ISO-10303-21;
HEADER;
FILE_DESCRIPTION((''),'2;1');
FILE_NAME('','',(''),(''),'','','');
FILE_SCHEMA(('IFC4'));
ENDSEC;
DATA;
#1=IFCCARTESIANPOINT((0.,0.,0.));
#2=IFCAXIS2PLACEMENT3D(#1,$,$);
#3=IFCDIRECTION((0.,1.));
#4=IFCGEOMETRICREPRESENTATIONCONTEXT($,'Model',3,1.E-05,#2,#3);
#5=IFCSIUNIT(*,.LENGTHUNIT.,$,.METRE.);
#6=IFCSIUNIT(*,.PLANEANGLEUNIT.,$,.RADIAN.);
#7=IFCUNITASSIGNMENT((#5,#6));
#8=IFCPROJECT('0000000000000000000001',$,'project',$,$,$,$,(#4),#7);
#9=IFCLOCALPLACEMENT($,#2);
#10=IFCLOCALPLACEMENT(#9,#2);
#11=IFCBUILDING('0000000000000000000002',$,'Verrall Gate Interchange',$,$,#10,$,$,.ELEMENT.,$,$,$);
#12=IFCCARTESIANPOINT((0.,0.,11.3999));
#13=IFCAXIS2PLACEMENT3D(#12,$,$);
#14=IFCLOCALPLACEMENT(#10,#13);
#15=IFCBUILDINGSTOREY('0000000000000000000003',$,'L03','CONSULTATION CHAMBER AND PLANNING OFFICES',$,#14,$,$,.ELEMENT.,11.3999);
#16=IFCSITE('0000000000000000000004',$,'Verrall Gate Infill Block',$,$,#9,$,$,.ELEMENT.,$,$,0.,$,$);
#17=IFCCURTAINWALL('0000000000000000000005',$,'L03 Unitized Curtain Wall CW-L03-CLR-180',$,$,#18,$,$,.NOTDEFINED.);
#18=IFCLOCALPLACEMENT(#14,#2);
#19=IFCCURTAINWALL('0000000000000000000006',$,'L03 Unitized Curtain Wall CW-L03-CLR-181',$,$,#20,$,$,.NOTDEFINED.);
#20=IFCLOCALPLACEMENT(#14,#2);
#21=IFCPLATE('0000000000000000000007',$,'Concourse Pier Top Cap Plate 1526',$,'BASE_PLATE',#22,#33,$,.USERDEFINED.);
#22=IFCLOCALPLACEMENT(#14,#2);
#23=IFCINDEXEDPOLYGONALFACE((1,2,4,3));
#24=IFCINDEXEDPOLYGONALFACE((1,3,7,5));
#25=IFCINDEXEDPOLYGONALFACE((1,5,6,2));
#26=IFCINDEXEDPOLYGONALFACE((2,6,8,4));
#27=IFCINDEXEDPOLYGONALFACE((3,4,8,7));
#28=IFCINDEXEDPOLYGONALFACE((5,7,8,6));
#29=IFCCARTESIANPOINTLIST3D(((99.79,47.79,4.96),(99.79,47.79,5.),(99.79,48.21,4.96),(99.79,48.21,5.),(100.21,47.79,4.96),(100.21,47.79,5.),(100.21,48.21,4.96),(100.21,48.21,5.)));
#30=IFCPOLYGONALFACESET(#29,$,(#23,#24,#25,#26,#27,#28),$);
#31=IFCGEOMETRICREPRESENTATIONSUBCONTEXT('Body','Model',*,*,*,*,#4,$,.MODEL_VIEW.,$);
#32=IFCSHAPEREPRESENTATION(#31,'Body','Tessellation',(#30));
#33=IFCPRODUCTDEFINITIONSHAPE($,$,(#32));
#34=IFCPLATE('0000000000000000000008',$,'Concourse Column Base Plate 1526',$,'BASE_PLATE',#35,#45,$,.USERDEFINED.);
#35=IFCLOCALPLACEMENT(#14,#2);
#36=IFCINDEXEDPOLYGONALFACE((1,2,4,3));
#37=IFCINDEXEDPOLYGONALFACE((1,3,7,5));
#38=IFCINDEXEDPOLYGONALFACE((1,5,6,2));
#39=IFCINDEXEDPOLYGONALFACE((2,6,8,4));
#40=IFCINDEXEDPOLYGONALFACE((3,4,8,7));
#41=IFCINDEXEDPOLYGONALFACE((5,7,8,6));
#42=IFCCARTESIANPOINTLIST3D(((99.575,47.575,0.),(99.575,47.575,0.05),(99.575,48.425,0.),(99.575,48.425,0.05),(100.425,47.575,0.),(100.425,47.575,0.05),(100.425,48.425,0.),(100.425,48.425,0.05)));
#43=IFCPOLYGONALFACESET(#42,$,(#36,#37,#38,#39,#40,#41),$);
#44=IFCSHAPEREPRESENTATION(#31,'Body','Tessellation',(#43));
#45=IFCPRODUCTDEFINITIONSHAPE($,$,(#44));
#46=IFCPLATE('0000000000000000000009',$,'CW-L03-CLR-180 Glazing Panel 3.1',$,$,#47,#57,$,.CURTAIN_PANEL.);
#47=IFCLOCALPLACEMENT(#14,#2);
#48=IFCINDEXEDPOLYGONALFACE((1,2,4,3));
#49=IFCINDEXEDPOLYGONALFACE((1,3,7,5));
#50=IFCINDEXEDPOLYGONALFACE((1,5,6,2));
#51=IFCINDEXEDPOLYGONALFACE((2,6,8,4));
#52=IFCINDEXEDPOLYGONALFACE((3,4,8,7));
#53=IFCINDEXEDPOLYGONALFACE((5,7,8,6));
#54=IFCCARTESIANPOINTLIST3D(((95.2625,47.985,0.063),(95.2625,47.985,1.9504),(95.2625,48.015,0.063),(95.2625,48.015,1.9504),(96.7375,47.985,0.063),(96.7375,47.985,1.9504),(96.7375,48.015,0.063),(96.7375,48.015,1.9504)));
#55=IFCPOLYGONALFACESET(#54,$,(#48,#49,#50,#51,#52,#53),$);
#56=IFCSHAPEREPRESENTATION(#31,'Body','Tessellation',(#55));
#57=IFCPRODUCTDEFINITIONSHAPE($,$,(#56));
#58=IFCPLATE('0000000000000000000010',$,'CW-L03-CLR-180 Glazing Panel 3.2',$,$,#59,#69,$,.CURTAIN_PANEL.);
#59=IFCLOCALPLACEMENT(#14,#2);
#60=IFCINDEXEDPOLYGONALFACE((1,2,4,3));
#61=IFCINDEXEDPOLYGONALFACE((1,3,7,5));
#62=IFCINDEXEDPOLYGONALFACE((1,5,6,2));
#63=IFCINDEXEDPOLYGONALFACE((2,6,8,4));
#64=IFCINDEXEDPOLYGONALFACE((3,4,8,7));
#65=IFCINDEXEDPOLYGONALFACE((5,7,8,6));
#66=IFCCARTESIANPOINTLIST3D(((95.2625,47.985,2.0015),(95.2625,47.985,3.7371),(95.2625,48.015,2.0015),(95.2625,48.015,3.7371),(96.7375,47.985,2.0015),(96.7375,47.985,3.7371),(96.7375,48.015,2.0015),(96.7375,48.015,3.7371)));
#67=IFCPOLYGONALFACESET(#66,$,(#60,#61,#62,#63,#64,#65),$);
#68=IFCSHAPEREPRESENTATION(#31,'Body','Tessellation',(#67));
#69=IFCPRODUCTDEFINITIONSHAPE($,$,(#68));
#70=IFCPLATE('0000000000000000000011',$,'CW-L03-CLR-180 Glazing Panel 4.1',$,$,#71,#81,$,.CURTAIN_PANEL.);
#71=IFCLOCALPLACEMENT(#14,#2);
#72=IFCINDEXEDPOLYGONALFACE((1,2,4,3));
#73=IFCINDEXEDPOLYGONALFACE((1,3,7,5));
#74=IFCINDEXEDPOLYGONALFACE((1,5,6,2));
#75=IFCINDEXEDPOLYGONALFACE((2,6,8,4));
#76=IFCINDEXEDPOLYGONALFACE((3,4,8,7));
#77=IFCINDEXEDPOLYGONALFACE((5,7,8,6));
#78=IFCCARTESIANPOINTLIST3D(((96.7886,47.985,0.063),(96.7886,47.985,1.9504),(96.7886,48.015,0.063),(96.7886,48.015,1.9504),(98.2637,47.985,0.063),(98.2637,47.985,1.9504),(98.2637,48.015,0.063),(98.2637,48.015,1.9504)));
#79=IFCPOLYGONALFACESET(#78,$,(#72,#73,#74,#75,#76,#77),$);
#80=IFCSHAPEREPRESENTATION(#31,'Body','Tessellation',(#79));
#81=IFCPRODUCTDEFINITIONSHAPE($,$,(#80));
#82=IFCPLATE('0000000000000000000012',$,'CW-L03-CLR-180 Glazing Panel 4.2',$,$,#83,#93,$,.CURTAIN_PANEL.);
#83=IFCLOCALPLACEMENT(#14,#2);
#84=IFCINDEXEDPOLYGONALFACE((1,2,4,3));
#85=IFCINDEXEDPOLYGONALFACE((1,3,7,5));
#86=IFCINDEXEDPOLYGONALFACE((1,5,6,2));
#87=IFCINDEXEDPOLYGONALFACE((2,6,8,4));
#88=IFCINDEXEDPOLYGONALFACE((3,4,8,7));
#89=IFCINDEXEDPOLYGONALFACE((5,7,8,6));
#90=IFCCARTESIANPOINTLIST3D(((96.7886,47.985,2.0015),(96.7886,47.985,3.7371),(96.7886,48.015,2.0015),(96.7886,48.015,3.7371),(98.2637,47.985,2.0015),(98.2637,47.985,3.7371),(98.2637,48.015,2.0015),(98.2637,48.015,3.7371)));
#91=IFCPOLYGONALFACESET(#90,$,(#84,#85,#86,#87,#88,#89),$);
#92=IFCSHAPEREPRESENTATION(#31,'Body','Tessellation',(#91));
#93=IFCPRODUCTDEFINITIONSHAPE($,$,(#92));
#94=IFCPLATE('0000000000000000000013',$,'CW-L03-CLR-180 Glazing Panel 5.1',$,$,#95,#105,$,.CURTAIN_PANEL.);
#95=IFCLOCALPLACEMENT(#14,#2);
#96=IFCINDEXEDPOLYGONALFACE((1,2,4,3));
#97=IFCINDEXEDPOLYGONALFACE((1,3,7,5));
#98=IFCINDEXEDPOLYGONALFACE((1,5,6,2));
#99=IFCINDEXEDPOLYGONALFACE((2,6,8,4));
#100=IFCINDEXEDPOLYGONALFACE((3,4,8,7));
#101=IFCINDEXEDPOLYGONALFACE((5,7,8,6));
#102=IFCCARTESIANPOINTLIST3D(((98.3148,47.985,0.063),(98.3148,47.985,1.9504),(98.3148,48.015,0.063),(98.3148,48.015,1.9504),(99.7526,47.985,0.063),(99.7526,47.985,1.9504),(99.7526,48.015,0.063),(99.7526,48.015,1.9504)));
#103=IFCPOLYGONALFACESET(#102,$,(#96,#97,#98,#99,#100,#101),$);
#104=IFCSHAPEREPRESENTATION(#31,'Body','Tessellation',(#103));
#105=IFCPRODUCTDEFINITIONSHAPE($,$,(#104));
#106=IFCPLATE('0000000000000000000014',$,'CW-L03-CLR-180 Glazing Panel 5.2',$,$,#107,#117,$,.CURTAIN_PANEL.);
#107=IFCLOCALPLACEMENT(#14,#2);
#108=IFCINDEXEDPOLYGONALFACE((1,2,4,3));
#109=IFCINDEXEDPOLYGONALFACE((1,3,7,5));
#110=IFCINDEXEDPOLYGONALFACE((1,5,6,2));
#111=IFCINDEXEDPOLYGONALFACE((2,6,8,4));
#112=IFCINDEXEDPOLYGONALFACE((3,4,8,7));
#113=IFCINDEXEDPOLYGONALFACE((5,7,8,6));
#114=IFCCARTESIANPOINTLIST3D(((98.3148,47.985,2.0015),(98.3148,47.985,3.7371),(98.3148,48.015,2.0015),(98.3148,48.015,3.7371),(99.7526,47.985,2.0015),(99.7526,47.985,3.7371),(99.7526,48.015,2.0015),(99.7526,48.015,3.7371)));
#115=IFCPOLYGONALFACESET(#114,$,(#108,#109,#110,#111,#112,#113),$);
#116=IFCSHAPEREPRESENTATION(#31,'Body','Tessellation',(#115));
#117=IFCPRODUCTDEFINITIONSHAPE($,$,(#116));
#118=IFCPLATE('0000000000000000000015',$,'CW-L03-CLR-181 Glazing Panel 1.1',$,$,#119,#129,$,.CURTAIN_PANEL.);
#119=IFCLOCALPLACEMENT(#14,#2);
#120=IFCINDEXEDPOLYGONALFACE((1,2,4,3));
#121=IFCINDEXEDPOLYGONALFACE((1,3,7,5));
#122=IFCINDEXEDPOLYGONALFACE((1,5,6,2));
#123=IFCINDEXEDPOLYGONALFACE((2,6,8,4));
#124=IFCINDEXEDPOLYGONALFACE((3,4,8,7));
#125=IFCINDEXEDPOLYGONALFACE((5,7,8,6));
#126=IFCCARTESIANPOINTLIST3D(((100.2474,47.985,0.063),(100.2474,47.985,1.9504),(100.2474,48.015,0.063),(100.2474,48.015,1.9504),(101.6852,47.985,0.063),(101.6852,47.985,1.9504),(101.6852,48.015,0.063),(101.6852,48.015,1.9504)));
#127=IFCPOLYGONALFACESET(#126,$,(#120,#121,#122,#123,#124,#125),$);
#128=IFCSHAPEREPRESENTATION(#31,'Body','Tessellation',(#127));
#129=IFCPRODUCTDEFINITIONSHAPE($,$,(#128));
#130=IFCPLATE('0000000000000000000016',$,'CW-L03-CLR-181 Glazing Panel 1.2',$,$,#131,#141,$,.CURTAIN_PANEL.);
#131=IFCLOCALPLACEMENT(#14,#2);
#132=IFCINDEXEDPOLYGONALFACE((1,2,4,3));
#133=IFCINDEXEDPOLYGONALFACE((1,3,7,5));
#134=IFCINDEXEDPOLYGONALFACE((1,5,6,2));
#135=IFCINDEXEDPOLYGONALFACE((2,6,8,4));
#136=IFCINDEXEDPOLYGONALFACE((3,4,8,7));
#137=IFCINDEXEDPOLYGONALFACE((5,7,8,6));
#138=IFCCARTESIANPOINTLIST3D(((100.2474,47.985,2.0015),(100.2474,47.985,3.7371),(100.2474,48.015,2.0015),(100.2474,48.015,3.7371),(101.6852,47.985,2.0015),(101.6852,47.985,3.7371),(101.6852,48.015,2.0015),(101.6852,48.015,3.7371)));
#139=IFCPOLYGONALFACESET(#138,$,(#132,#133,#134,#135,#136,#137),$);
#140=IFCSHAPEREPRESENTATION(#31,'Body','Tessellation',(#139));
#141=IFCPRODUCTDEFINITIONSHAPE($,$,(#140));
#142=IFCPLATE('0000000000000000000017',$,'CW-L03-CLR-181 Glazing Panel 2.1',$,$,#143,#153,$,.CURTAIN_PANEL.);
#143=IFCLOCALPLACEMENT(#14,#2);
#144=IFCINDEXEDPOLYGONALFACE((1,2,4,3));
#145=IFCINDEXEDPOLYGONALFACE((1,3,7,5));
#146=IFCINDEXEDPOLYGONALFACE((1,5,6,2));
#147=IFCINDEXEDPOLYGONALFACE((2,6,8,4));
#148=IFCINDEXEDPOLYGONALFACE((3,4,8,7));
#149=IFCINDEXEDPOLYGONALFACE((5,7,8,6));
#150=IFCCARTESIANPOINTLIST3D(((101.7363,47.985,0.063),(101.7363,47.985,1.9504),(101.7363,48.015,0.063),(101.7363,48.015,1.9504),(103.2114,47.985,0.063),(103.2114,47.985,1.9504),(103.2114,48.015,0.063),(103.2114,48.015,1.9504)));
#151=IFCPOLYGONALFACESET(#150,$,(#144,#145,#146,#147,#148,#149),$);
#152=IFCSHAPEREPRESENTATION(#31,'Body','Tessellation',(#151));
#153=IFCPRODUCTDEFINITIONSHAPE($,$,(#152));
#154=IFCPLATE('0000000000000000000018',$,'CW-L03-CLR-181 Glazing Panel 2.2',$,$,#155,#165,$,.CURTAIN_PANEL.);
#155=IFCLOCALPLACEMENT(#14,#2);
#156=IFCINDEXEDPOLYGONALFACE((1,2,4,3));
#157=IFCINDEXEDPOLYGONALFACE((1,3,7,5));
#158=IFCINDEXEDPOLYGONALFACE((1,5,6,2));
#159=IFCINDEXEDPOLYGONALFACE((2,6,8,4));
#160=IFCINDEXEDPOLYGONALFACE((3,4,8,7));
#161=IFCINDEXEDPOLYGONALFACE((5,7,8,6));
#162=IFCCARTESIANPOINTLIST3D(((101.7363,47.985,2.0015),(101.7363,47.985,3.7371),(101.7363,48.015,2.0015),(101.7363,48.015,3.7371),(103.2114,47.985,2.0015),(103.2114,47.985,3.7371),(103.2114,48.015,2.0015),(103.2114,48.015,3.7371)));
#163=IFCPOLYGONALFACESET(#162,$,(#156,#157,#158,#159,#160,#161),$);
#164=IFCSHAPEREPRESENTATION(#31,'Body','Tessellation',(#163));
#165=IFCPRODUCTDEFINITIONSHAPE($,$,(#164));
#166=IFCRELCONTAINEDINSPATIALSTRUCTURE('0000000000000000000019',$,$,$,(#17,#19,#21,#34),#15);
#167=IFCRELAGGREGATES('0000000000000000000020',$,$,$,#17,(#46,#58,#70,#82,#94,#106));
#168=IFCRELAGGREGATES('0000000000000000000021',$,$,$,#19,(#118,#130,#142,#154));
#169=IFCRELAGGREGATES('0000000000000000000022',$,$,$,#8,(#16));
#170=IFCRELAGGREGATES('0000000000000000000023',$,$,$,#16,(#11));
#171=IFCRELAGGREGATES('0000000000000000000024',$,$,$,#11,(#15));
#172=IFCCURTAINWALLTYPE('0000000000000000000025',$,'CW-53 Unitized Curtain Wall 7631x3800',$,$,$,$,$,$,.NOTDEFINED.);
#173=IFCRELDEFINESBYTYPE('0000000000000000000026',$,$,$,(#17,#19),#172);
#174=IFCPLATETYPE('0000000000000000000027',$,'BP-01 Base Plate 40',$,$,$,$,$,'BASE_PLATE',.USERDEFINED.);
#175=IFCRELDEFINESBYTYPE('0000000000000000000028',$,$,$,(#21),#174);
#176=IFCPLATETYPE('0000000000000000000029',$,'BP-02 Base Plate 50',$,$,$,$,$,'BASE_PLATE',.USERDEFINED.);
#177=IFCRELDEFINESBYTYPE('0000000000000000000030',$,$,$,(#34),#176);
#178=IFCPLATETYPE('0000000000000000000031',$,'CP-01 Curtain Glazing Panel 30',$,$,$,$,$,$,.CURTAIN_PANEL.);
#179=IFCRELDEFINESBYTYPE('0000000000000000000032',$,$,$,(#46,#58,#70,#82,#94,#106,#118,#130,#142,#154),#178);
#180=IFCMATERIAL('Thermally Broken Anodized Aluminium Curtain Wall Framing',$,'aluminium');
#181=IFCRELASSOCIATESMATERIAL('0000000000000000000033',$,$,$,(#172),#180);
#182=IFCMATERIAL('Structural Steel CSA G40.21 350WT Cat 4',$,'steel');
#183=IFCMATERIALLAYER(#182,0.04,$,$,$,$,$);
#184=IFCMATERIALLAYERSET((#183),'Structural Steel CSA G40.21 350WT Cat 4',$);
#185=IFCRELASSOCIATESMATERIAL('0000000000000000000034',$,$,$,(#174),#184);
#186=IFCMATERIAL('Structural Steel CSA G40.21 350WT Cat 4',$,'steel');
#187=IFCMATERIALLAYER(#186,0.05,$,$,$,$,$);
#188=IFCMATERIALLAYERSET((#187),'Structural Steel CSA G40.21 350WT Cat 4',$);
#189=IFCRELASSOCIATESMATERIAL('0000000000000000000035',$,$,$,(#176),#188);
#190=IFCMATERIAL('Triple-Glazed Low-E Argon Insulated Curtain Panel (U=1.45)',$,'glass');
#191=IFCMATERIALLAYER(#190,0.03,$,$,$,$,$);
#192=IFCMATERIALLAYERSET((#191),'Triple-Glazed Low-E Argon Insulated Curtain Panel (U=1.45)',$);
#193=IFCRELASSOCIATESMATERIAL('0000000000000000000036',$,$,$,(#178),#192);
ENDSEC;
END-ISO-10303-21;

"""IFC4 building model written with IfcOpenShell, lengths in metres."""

from ifc_helpers import new_model, si_unit, direction, frame, origin, origin_2d, place, context, subcontext, project, spatial, rectangle, extrude, material, layer, layer_set, type_object, element, aggregate, save


model = new_model("IFC4")

# Units and contexts
model_context = context("Model", 3, precision=1e-05, world=origin(), true_north=direction((0.0, 1.0)))
body_context = subcontext(model_context, "Body", "Model", "MODEL_VIEW")
ifc_project = project(units=[si_unit("LENGTHUNIT", "METRE"), si_unit("PLANEANGLEUNIT", "RADIAN")], contexts=[model_context])

# Site, building, storey
site_placement = place(None, origin())
site = spatial("IfcSite", under=ifc_project, at=site_placement, Name="Verrall Gate Infill Block", CompositionType="ELEMENT", RefElevation=0.0)
building_placement = place(site_placement, origin())
building = spatial("IfcBuilding", under=site, at=building_placement, Name="Verrall Gate Interchange", CompositionType="ELEMENT")
storey_placement = place(building_placement, frame((0.0, 0.0, 11.3999)))
storey = spatial("IfcBuildingStorey", under=building, at=storey_placement, Name="L03", Description="CONSULTATION CHAMBER AND PLANNING OFFICES", CompositionType="ELEMENT", Elevation=11.3999)

# Curtain walls
ifc_material_1 = material(Name="Thermally Broken Anodized Aluminium Curtain Wall Framing", Category="aluminium")
curtain_wall_type = type_object("IfcCurtainWallType", Name="CW-53 Unitized Curtain Wall 7631x3800", PredefinedType="NOTDEFINED", material=ifc_material_1)
curtain_wall_1_placement = place(storey_placement, origin())
curtain_wall_1 = element("IfcCurtainWall", 1, at=curtain_wall_1_placement, inside=storey, type_object=curtain_wall_type, Name="L03 Unitized Curtain Wall CW-L03-CLR-180", PredefinedType="NOTDEFINED")
curtain_wall_2_placement = place(storey_placement, origin())
curtain_wall_2 = element("IfcCurtainWall", 2, at=curtain_wall_2_placement, inside=storey, type_object=curtain_wall_type, Name="L03 Unitized Curtain Wall CW-L03-CLR-181", PredefinedType="NOTDEFINED")

# Plates
ifc_material_2 = material(Name="Structural Steel CSA G40.21 350WT Cat 4", Category="steel")
ifc_layer_1 = layer(ifc_material_2, 0.04)
ifc_layer_set_1 = layer_set([ifc_layer_1], Name="Structural Steel CSA G40.21 350WT Cat 4")
plate_type_1 = type_object("IfcPlateType", Name="BP-01 Base Plate 40", ElementType="BASE_PLATE", PredefinedType="USERDEFINED", material=ifc_layer_set_1)
plate_1_placement = place(storey_placement, frame((100.0, 48.0, 4.96), z_axis=(0.0, 0.0, 1.0), x_axis=(1.0, 0.0, 0.0)))
element("IfcPlate", 3, at=plate_1_placement, inside=storey, type_object=plate_type_1, Name="Concourse Pier Top Cap Plate 1526", ObjectType="BASE_PLATE", PredefinedType="USERDEFINED", context=body_context, shape_type="SweptSolid", body=[
    extrude(rectangle(XDim=0.4199, YDim=0.4199, at=origin_2d()), origin(), (0.0, 0.0, 1.0), 0.04),
])
ifc_material_3 = material(Name="Structural Steel CSA G40.21 350WT Cat 4", Category="steel")
ifc_layer_2 = layer(ifc_material_3, 0.05)
ifc_layer_set_2 = layer_set([ifc_layer_2], Name="Structural Steel CSA G40.21 350WT Cat 4")
plate_type_2 = type_object("IfcPlateType", Name="BP-02 Base Plate 50", ElementType="BASE_PLATE", PredefinedType="USERDEFINED", material=ifc_layer_set_2)
plate_2_placement = place(storey_placement, frame((100.0, 48.0, 0.0), z_axis=(0.0, 0.0, 1.0), x_axis=(1.0, 0.0, 0.0)))
element("IfcPlate", 4, at=plate_2_placement, inside=storey, type_object=plate_type_2, Name="Concourse Column Base Plate 1526", ObjectType="BASE_PLATE", PredefinedType="USERDEFINED", context=body_context, shape_type="SweptSolid", body=[
    extrude(rectangle(XDim=0.8501, YDim=0.8501, at=origin_2d()), origin(), (0.0, 0.0, 1.0), 0.05),
])

# Plates
ifc_material_4 = material(Name="Triple-Glazed Low-E Argon Insulated Curtain Panel (U=1.45)", Category="glass")
ifc_layer_3 = layer(ifc_material_4, 0.03)
ifc_layer_set_3 = layer_set([ifc_layer_3], Name="Triple-Glazed Low-E Argon Insulated Curtain Panel (U=1.45)")
plate_type_3 = type_object("IfcPlateType", Name="CP-01 Curtain Glazing Panel 30", PredefinedType="CURTAIN_PANEL", material=ifc_layer_set_3)
plate_3_placement = place(storey_placement, frame((96.0, 48.0, 0.063), z_axis=(0.0, 0.0, 1.0), x_axis=(1.0, 0.0, 0.0)))
plate_3 = element("IfcPlate", 5, at=plate_3_placement, type_object=plate_type_3, Name="CW-L03-CLR-180 Glazing Panel 3.1", PredefinedType="CURTAIN_PANEL", context=body_context, shape_type="SweptSolid", body=[
    extrude(rectangle(XDim=1.4751, YDim=0.03, at=origin_2d()), origin(), (0.0, 0.0, 1.0), 1.8875),
])
plate_4_placement = place(storey_placement, frame((96.0, 48.0, 2.0015), z_axis=(0.0, 0.0, 1.0), x_axis=(1.0, 0.0, 0.0)))
plate_4 = element("IfcPlate", 6, at=plate_4_placement, type_object=plate_type_3, Name="CW-L03-CLR-180 Glazing Panel 3.2", PredefinedType="CURTAIN_PANEL", context=body_context, shape_type="SweptSolid", body=[
    extrude(rectangle(XDim=1.4751, YDim=0.03, at=origin_2d()), origin(), (0.0, 0.0, 1.0), 1.7356),
])
plate_5_placement = place(storey_placement, frame((97.5261, 48.0, 0.063), z_axis=(0.0, 0.0, 1.0), x_axis=(1.0, 0.0, 0.0)))
plate_5 = element("IfcPlate", 7, at=plate_5_placement, type_object=plate_type_3, Name="CW-L03-CLR-180 Glazing Panel 4.1", PredefinedType="CURTAIN_PANEL", context=body_context, shape_type="SweptSolid", body=[
    extrude(rectangle(XDim=1.4751, YDim=0.03, at=origin_2d()), origin(), (0.0, 0.0, 1.0), 1.8875),
])
plate_6_placement = place(storey_placement, frame((97.5261, 48.0, 2.0015), z_axis=(0.0, 0.0, 1.0), x_axis=(1.0, 0.0, 0.0)))
plate_6 = element("IfcPlate", 8, at=plate_6_placement, type_object=plate_type_3, Name="CW-L03-CLR-180 Glazing Panel 4.2", PredefinedType="CURTAIN_PANEL", context=body_context, shape_type="SweptSolid", body=[
    extrude(rectangle(XDim=1.4751, YDim=0.03, at=origin_2d()), origin(), (0.0, 0.0, 1.0), 1.7356),
])
plate_7_placement = place(storey_placement, frame((99.0337, 48.0, 0.063), z_axis=(0.0, 0.0, 1.0), x_axis=(1.0, 0.0, 0.0)))
plate_7 = element("IfcPlate", 9, at=plate_7_placement, type_object=plate_type_3, Name="CW-L03-CLR-180 Glazing Panel 5.1", PredefinedType="CURTAIN_PANEL", context=body_context, shape_type="SweptSolid", body=[
    extrude(rectangle(XDim=1.4377, YDim=0.03, at=origin_2d()), origin(), (0.0, 0.0, 1.0), 1.8875),
])
plate_8_placement = place(storey_placement, frame((99.0337, 48.0, 2.0015), z_axis=(0.0, 0.0, 1.0), x_axis=(1.0, 0.0, 0.0)))
plate_8 = element("IfcPlate", 10, at=plate_8_placement, type_object=plate_type_3, Name="CW-L03-CLR-180 Glazing Panel 5.2", PredefinedType="CURTAIN_PANEL", context=body_context, shape_type="SweptSolid", body=[
    extrude(rectangle(XDim=1.4377, YDim=0.03, at=origin_2d()), origin(), (0.0, 0.0, 1.0), 1.7356),
])
aggregate(curtain_wall_1, [plate_3, plate_4, plate_5, plate_6, plate_7, plate_8])
plate_9_placement = place(storey_placement, frame((100.9663, 48.0, 0.063), z_axis=(0.0, 0.0, 1.0), x_axis=(1.0, 0.0, 0.0)))
plate_9 = element("IfcPlate", 11, at=plate_9_placement, type_object=plate_type_3, Name="CW-L03-CLR-181 Glazing Panel 1.1", PredefinedType="CURTAIN_PANEL", context=body_context, shape_type="SweptSolid", body=[
    extrude(rectangle(XDim=1.4377, YDim=0.03, at=origin_2d()), origin(), (0.0, 0.0, 1.0), 1.8875),
])
plate_10_placement = place(storey_placement, frame((100.9663, 48.0, 2.0015), z_axis=(0.0, 0.0, 1.0), x_axis=(1.0, 0.0, 0.0)))
plate_10 = element("IfcPlate", 12, at=plate_10_placement, type_object=plate_type_3, Name="CW-L03-CLR-181 Glazing Panel 1.2", PredefinedType="CURTAIN_PANEL", context=body_context, shape_type="SweptSolid", body=[
    extrude(rectangle(XDim=1.4377, YDim=0.03, at=origin_2d()), origin(), (0.0, 0.0, 1.0), 1.7356),
])
plate_11_placement = place(storey_placement, frame((102.4739, 48.0, 0.063), z_axis=(0.0, 0.0, 1.0), x_axis=(1.0, 0.0, 0.0)))
plate_11 = element("IfcPlate", 13, at=plate_11_placement, type_object=plate_type_3, Name="CW-L03-CLR-181 Glazing Panel 2.1", PredefinedType="CURTAIN_PANEL", context=body_context, shape_type="SweptSolid", body=[
    extrude(rectangle(XDim=1.4751, YDim=0.03, at=origin_2d()), origin(), (0.0, 0.0, 1.0), 1.8875),
])
plate_12_placement = place(storey_placement, frame((102.4739, 48.0, 2.0015), z_axis=(0.0, 0.0, 1.0), x_axis=(1.0, 0.0, 0.0)))
plate_12 = element("IfcPlate", 14, at=plate_12_placement, type_object=plate_type_3, Name="CW-L03-CLR-181 Glazing Panel 2.2", PredefinedType="CURTAIN_PANEL", context=body_context, shape_type="SweptSolid", body=[
    extrude(rectangle(XDim=1.4751, YDim=0.03, at=origin_2d()), origin(), (0.0, 0.0, 1.0), 1.7356),
])
aggregate(curtain_wall_2, [plate_9, plate_10, plate_11, plate_12])

save(model, "model.ifc")
